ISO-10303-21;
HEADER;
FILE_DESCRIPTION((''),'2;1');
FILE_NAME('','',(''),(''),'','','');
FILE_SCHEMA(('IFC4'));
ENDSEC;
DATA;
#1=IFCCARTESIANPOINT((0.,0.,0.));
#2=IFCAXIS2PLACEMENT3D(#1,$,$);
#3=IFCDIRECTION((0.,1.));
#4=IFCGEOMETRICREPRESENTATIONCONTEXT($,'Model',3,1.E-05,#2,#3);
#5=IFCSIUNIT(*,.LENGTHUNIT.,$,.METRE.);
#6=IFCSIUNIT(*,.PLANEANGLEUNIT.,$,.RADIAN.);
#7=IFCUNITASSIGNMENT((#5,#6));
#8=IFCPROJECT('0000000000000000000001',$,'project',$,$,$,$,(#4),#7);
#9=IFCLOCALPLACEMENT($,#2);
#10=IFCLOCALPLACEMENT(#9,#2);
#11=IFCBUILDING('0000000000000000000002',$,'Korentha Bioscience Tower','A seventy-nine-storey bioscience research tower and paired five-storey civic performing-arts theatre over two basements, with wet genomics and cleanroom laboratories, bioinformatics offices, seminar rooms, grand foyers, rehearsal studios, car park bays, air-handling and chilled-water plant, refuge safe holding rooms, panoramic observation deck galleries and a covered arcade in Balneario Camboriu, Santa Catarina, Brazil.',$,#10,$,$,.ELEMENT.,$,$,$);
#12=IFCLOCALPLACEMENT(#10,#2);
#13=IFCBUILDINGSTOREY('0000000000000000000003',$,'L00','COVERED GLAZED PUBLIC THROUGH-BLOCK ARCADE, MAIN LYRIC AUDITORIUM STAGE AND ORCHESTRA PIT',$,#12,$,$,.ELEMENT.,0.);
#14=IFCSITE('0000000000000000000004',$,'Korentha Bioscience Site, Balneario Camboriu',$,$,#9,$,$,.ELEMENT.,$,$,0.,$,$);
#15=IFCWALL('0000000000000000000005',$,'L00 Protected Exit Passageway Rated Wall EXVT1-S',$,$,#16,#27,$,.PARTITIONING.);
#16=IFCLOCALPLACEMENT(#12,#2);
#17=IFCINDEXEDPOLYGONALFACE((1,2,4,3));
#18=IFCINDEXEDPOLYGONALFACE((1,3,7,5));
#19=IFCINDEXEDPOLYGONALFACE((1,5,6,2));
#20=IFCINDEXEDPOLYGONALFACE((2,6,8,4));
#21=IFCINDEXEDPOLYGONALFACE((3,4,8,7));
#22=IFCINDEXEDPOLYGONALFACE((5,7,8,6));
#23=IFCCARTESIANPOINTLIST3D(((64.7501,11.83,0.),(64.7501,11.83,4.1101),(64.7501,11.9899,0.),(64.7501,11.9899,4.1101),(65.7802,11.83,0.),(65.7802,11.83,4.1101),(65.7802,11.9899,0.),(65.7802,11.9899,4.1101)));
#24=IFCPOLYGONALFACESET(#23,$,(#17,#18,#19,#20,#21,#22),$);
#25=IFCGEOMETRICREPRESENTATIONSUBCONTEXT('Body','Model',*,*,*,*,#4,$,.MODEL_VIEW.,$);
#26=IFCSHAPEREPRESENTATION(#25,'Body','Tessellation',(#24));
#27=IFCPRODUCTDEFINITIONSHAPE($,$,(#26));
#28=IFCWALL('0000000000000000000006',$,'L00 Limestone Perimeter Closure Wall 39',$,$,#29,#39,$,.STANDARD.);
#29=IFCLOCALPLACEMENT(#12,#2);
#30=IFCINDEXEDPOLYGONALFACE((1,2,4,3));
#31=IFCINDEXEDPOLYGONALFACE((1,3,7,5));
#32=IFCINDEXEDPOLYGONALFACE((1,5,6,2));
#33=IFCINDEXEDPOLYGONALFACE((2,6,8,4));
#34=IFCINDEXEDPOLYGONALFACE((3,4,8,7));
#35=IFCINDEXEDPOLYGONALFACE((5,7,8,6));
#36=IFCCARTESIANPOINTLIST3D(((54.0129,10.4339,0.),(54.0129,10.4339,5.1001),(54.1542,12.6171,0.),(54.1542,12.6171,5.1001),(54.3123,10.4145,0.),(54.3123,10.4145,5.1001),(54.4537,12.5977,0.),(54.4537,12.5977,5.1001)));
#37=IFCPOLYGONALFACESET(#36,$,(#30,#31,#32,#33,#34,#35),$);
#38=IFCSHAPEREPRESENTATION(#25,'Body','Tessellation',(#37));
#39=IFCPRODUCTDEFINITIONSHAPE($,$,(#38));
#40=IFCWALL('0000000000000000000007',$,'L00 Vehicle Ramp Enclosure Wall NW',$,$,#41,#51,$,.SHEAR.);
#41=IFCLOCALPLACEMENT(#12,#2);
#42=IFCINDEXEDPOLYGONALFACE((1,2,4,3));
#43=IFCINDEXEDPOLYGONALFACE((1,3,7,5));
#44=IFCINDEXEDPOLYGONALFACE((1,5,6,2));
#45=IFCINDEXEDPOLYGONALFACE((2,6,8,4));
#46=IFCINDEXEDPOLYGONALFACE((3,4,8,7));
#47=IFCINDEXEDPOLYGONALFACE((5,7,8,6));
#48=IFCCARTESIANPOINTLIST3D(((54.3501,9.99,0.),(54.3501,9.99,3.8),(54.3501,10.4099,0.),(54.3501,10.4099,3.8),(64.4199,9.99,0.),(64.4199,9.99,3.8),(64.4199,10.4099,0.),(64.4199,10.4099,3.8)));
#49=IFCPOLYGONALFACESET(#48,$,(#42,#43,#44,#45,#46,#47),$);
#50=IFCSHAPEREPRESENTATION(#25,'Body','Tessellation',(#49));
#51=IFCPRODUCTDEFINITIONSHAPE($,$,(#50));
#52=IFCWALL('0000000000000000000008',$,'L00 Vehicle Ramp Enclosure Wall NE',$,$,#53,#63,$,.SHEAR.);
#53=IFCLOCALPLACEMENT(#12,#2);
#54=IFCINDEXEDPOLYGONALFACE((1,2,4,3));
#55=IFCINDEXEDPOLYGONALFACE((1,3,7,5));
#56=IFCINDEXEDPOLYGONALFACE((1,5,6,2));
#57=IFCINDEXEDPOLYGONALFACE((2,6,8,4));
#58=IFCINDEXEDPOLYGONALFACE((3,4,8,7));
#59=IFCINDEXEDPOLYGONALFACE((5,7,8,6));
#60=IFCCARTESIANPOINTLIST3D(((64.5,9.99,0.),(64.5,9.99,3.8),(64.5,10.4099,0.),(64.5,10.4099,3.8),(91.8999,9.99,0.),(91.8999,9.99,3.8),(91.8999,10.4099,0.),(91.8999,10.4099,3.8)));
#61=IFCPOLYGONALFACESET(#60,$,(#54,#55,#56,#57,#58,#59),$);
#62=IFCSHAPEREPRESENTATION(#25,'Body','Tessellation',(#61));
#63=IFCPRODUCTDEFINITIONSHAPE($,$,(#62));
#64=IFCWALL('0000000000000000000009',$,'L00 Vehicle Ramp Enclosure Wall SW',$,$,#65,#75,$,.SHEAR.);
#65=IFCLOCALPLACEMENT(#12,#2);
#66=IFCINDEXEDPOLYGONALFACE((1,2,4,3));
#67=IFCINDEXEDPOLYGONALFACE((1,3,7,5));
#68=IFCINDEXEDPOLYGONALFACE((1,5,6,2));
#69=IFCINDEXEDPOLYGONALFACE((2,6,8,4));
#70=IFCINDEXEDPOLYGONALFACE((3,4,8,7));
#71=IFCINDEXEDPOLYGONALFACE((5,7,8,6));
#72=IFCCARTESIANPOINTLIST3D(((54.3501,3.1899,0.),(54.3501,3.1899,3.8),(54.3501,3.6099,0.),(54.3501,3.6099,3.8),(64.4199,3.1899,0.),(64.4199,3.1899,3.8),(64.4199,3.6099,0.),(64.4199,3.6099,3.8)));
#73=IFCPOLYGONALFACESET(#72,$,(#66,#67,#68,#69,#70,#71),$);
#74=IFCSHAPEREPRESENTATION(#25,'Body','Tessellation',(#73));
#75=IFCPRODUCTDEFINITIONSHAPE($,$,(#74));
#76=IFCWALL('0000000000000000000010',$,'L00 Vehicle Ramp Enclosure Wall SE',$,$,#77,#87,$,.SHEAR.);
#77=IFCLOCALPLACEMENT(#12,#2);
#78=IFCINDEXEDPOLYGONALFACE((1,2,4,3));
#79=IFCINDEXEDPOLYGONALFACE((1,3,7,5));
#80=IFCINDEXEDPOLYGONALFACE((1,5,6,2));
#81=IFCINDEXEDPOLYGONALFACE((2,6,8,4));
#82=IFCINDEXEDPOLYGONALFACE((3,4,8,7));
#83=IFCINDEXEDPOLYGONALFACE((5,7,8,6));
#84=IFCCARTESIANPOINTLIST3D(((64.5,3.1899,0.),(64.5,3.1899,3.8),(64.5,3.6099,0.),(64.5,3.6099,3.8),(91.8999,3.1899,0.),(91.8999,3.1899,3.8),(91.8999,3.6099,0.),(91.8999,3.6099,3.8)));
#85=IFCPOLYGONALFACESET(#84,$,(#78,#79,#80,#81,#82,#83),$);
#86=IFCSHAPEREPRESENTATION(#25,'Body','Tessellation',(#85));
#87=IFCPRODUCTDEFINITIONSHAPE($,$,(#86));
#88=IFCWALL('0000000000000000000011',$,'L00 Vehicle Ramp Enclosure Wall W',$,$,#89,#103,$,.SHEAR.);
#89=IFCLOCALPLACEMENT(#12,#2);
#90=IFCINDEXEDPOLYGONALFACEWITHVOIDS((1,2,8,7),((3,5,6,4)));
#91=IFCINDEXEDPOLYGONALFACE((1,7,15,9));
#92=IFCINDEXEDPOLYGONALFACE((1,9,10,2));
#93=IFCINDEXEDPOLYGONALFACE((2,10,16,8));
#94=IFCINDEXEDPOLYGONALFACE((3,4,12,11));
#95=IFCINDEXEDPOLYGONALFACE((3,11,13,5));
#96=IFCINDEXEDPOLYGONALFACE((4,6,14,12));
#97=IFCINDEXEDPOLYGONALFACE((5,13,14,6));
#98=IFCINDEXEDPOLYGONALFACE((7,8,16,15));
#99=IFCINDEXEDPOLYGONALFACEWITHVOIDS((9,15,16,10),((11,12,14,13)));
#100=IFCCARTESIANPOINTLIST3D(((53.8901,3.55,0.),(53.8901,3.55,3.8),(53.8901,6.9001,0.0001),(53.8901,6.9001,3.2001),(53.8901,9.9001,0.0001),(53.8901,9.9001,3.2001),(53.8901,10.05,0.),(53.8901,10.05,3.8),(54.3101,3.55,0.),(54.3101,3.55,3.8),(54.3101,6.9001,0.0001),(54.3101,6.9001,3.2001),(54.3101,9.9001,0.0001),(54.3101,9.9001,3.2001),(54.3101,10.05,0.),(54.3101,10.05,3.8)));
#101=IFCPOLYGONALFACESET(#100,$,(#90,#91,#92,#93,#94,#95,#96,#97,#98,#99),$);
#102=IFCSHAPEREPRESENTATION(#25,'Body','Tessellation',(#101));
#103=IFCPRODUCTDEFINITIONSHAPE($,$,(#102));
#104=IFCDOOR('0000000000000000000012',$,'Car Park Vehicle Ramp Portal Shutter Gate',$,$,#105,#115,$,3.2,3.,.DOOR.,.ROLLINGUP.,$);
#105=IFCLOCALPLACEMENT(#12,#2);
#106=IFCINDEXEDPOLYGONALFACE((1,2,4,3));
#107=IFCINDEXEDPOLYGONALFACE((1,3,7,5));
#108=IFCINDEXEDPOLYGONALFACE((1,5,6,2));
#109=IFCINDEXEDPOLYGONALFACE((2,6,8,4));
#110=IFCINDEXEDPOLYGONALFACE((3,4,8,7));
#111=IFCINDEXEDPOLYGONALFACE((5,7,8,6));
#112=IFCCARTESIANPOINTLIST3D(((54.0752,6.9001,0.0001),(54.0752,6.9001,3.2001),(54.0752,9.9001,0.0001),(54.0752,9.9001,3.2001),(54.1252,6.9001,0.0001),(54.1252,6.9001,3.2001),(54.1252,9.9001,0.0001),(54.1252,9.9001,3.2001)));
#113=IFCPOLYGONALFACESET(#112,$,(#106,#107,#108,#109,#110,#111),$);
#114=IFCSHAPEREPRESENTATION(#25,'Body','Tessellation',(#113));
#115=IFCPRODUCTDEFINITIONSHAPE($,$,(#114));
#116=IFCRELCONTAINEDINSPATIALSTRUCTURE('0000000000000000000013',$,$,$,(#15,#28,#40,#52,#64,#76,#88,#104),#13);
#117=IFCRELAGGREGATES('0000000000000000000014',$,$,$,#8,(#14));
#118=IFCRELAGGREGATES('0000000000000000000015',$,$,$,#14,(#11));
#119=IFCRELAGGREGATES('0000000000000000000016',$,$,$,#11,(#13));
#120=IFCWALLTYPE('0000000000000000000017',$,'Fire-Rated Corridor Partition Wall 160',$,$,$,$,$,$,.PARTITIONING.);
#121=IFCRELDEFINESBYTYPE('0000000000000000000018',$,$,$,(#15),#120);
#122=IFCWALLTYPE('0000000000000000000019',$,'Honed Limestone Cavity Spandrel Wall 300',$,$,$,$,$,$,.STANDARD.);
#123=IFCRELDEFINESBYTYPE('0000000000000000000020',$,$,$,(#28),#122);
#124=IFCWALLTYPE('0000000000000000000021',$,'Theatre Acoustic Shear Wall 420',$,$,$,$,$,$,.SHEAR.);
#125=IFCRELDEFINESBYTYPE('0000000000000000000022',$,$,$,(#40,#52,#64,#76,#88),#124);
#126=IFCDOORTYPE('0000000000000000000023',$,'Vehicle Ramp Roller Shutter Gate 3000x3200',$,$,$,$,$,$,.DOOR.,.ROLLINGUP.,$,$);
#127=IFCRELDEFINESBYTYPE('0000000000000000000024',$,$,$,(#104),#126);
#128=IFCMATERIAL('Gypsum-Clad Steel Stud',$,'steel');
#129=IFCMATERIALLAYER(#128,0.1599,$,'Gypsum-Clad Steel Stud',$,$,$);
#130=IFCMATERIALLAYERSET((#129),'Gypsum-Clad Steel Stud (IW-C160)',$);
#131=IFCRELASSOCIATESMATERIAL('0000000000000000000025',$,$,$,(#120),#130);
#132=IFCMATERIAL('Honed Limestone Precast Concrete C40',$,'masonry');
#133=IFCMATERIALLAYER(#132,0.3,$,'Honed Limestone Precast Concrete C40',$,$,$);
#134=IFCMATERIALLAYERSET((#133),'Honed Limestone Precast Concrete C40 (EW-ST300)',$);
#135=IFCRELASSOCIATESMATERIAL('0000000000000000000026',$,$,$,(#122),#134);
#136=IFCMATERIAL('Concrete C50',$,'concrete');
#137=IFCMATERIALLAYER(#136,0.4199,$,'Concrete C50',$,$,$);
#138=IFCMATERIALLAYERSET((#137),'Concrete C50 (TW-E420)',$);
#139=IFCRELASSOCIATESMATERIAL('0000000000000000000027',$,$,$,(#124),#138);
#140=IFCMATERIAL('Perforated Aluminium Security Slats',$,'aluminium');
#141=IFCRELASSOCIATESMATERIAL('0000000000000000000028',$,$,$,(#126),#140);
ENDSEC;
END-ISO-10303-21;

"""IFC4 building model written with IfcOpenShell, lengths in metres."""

from ifc_helpers import new_model, si_unit, direction, frame, frame_2d, origin, place, context, subcontext, project, spatial, rectangle, extrude, material, layer, layer_set, type_object, element, fill, save


model = new_model("IFC4")

# Units and contexts
model_context = context("Model", 3, precision=1e-05, world=origin(), true_north=direction((0.0, 1.0)))
body_context = subcontext(model_context, "Body", "Model", "MODEL_VIEW")
ifc_project = project(units=[si_unit("LENGTHUNIT", "METRE"), si_unit("PLANEANGLEUNIT", "RADIAN")], contexts=[model_context])

# Site, building, storey
site_placement = place(None, origin())
site = spatial("IfcSite", under=ifc_project, at=site_placement, Name="Korentha Bioscience Site, Balneario Camboriu", CompositionType="ELEMENT", RefElevation=0.0)
building_placement = place(site_placement, origin())
building = spatial("IfcBuilding", under=site, at=building_placement, Name="Korentha Bioscience Tower", Description="A seventy-nine-storey bioscience research tower and paired five-storey civic performing-arts theatre over two basements, with wet genomics and cleanroom laboratories, bioinformatics offices, seminar rooms, grand foyers, rehearsal studios, car park bays, air-handling and chilled-water plant, refuge safe holding rooms, panoramic observation deck galleries and a covered arcade in Balneario Camboriu, Santa Catarina, Brazil.", CompositionType="ELEMENT")
storey_placement = place(building_placement, origin())
storey = spatial("IfcBuildingStorey", under=building, at=storey_placement, Name="L00", Description="COVERED GLAZED PUBLIC THROUGH-BLOCK ARCADE, MAIN LYRIC AUDITORIUM STAGE AND ORCHESTRA PIT", CompositionType="ELEMENT", Elevation=0.0)

# Walls
ifc_material_1 = material(Name="Gypsum-Clad Steel Stud", Category="steel")
ifc_layer_1 = layer(ifc_material_1, 0.1599, Name="Gypsum-Clad Steel Stud")
ifc_layer_set_1 = layer_set([ifc_layer_1], Name="Gypsum-Clad Steel Stud (IW-C160)")
wall_type_1 = type_object("IfcWallType", Name="Fire-Rated Corridor Partition Wall 160", PredefinedType="PARTITIONING", material=ifc_layer_set_1)
wall_1_placement = place(storey_placement, frame((64.75, 11.9099, 0.0), z_axis=(0.0, 0.0, 1.0), x_axis=(1.0, 0.0, 0.0)))
element("IfcWall", 1, at=wall_1_placement, inside=storey, type_object=wall_type_1, Name="L00 Protected Exit Passageway Rated Wall EXVT1-S", PredefinedType="PARTITIONING", context=body_context, shape_type="SweptSolid", body=[
    extrude(rectangle(XDim=1.03, YDim=0.1599, at=frame_2d((0.5151, 0.0))), origin(), (0.0, 0.0, 1.0), 4.1101),
])
ifc_material_2 = material(Name="Honed Limestone Precast Concrete C40", Category="masonry")
ifc_layer_2 = layer(ifc_material_2, 0.3, Name="Honed Limestone Precast Concrete C40")
ifc_layer_set_2 = layer_set([ifc_layer_2], Name="Honed Limestone Precast Concrete C40 (EW-ST300)")
wall_type_2 = type_object("IfcWallType", Name="Honed Limestone Cavity Spandrel Wall 300", PredefinedType="STANDARD", material=ifc_layer_set_2)
wall_2_placement = place(storey_placement, frame((54.1626, 10.4243, 0.0), z_axis=(0.0, 0.0, 1.0), x_axis=(0.064615, 0.99791, 0.0)))
element("IfcWall", 2, at=wall_2_placement, inside=storey, type_object=wall_type_2, Name="L00 Limestone Perimeter Closure Wall 39", PredefinedType="STANDARD", context=body_context, shape_type="SweptSolid", body=[
    extrude(rectangle(XDim=2.1877, YDim=0.3, at=frame_2d((1.0938, 0.0))), origin(), (0.0, 0.0, 1.0), 5.1001),
])
ifc_material_3 = material(Name="Concrete C50", Category="concrete")
ifc_layer_3 = layer(ifc_material_3, 0.4199, Name="Concrete C50")
ifc_layer_set_3 = layer_set([ifc_layer_3], Name="Concrete C50 (TW-E420)")
wall_type_3 = type_object("IfcWallType", Name="Theatre Acoustic Shear Wall 420", PredefinedType="SHEAR", material=ifc_layer_set_3)
wall_3_placement = place(storey_placement, frame((54.3501, 10.2, 0.0), z_axis=(0.0, 0.0, 1.0), x_axis=(1.0, 0.0, 0.0)))
element("IfcWall", 3, at=wall_3_placement, inside=storey, type_object=wall_type_3, Name="L00 Vehicle Ramp Enclosure Wall NW", PredefinedType="SHEAR", context=body_context, shape_type="SweptSolid", body=[
    extrude(rectangle(XDim=10.0698, YDim=0.4199, at=frame_2d((5.0349, 0.0))), origin(), (0.0, 0.0, 1.0), 3.8),
])
wall_4_placement = place(storey_placement, frame((64.5, 10.2, 0.0), z_axis=(0.0, 0.0, 1.0), x_axis=(1.0, 0.0, 0.0)))
element("IfcWall", 4, at=wall_4_placement, inside=storey, type_object=wall_type_3, Name="L00 Vehicle Ramp Enclosure Wall NE", PredefinedType="SHEAR", context=body_context, shape_type="SweptSolid", body=[
    extrude(rectangle(XDim=27.3999, YDim=0.4199, at=frame_2d((13.7, 0.0))), origin(), (0.0, 0.0, 1.0), 3.8),
])
wall_5_placement = place(storey_placement, frame((54.3501, 3.3999, 0.0), z_axis=(0.0, 0.0, 1.0), x_axis=(1.0, 0.0, 0.0)))
element("IfcWall", 5, at=wall_5_placement, inside=storey, type_object=wall_type_3, Name="L00 Vehicle Ramp Enclosure Wall SW", PredefinedType="SHEAR", context=body_context, shape_type="SweptSolid", body=[
    extrude(rectangle(XDim=10.0698, YDim=0.4199, at=frame_2d((5.0349, 0.0))), origin(), (0.0, 0.0, 1.0), 3.8),
])
wall_6_placement = place(storey_placement, frame((64.5, 3.3999, 0.0), z_axis=(0.0, 0.0, 1.0), x_axis=(1.0, 0.0, 0.0)))
element("IfcWall", 6, at=wall_6_placement, inside=storey, type_object=wall_type_3, Name="L00 Vehicle Ramp Enclosure Wall SE", PredefinedType="SHEAR", context=body_context, shape_type="SweptSolid", body=[
    extrude(rectangle(XDim=27.3999, YDim=0.4199, at=frame_2d((13.7, 0.0))), origin(), (0.0, 0.0, 1.0), 3.8),
])

# Wall, opening, door
wall_7_placement = place(storey_placement, frame((54.1001, 3.55, 0.0), z_axis=(0.0, 0.0, 1.0), x_axis=(0.0, 1.0, 0.0)))
wall_7 = element("IfcWall", 7, at=wall_7_placement, inside=storey, type_object=wall_type_3, Name="L00 Vehicle Ramp Enclosure Wall W", PredefinedType="SHEAR", context=body_context, shape_type="SweptSolid", body=[
    extrude(rectangle(XDim=6.5, YDim=0.4199, at=frame_2d((3.25, 0.0))), origin(), (0.0, 0.0, 1.0), 3.8),
])
opening_1_placement = place(wall_7_placement, frame((3.3501, 0.0, 0.0)))
opening_1 = element("IfcOpeningElement", 8, at=opening_1_placement, cuts=wall_7, PredefinedType="OPENING", context=body_context, shape_type="SweptSolid", body=[
    extrude(rectangle(XDim=3.0, YDim=3.2, at=frame_2d((1.5, 1.6001))), frame((0.0, 0.2249, 0.0), z_axis=(0.0, -1.0, 0.0), x_axis=(1.0, 0.0, 0.0)), (0.0, 0.0, 1.0), 0.4497),
])
ifc_material_4 = material(Name="Perforated Aluminium Security Slats", Category="aluminium")
door_type_1 = type_object("IfcDoorType", Name="Vehicle Ramp Roller Shutter Gate 3000x3200", OperationType="ROLLINGUP", PredefinedType="DOOR", material=ifc_material_4)
door_1_placement = place(opening_1_placement, origin())
door_1 = element("IfcDoor", 9, at=door_1_placement, inside=storey, type_object=door_type_1, Name="Car Park Vehicle Ramp Portal Shutter Gate", OperationType="ROLLINGUP", OverallHeight=3.2, OverallWidth=3.0, PredefinedType="DOOR", context=body_context, shape_type="SweptSolid", body=[
    extrude(rectangle(XDim=3.0, YDim=3.2, at=frame_2d((1.5, 1.6001))), frame((0.0, 0.0249, 0.0), z_axis=(0.0, -1.0, 0.0), x_axis=(1.0, 0.0, 0.0)), (0.0, 0.0, 1.0), 0.05),
])
fill(opening_1, door_1)

save(model, "model.ifc")
